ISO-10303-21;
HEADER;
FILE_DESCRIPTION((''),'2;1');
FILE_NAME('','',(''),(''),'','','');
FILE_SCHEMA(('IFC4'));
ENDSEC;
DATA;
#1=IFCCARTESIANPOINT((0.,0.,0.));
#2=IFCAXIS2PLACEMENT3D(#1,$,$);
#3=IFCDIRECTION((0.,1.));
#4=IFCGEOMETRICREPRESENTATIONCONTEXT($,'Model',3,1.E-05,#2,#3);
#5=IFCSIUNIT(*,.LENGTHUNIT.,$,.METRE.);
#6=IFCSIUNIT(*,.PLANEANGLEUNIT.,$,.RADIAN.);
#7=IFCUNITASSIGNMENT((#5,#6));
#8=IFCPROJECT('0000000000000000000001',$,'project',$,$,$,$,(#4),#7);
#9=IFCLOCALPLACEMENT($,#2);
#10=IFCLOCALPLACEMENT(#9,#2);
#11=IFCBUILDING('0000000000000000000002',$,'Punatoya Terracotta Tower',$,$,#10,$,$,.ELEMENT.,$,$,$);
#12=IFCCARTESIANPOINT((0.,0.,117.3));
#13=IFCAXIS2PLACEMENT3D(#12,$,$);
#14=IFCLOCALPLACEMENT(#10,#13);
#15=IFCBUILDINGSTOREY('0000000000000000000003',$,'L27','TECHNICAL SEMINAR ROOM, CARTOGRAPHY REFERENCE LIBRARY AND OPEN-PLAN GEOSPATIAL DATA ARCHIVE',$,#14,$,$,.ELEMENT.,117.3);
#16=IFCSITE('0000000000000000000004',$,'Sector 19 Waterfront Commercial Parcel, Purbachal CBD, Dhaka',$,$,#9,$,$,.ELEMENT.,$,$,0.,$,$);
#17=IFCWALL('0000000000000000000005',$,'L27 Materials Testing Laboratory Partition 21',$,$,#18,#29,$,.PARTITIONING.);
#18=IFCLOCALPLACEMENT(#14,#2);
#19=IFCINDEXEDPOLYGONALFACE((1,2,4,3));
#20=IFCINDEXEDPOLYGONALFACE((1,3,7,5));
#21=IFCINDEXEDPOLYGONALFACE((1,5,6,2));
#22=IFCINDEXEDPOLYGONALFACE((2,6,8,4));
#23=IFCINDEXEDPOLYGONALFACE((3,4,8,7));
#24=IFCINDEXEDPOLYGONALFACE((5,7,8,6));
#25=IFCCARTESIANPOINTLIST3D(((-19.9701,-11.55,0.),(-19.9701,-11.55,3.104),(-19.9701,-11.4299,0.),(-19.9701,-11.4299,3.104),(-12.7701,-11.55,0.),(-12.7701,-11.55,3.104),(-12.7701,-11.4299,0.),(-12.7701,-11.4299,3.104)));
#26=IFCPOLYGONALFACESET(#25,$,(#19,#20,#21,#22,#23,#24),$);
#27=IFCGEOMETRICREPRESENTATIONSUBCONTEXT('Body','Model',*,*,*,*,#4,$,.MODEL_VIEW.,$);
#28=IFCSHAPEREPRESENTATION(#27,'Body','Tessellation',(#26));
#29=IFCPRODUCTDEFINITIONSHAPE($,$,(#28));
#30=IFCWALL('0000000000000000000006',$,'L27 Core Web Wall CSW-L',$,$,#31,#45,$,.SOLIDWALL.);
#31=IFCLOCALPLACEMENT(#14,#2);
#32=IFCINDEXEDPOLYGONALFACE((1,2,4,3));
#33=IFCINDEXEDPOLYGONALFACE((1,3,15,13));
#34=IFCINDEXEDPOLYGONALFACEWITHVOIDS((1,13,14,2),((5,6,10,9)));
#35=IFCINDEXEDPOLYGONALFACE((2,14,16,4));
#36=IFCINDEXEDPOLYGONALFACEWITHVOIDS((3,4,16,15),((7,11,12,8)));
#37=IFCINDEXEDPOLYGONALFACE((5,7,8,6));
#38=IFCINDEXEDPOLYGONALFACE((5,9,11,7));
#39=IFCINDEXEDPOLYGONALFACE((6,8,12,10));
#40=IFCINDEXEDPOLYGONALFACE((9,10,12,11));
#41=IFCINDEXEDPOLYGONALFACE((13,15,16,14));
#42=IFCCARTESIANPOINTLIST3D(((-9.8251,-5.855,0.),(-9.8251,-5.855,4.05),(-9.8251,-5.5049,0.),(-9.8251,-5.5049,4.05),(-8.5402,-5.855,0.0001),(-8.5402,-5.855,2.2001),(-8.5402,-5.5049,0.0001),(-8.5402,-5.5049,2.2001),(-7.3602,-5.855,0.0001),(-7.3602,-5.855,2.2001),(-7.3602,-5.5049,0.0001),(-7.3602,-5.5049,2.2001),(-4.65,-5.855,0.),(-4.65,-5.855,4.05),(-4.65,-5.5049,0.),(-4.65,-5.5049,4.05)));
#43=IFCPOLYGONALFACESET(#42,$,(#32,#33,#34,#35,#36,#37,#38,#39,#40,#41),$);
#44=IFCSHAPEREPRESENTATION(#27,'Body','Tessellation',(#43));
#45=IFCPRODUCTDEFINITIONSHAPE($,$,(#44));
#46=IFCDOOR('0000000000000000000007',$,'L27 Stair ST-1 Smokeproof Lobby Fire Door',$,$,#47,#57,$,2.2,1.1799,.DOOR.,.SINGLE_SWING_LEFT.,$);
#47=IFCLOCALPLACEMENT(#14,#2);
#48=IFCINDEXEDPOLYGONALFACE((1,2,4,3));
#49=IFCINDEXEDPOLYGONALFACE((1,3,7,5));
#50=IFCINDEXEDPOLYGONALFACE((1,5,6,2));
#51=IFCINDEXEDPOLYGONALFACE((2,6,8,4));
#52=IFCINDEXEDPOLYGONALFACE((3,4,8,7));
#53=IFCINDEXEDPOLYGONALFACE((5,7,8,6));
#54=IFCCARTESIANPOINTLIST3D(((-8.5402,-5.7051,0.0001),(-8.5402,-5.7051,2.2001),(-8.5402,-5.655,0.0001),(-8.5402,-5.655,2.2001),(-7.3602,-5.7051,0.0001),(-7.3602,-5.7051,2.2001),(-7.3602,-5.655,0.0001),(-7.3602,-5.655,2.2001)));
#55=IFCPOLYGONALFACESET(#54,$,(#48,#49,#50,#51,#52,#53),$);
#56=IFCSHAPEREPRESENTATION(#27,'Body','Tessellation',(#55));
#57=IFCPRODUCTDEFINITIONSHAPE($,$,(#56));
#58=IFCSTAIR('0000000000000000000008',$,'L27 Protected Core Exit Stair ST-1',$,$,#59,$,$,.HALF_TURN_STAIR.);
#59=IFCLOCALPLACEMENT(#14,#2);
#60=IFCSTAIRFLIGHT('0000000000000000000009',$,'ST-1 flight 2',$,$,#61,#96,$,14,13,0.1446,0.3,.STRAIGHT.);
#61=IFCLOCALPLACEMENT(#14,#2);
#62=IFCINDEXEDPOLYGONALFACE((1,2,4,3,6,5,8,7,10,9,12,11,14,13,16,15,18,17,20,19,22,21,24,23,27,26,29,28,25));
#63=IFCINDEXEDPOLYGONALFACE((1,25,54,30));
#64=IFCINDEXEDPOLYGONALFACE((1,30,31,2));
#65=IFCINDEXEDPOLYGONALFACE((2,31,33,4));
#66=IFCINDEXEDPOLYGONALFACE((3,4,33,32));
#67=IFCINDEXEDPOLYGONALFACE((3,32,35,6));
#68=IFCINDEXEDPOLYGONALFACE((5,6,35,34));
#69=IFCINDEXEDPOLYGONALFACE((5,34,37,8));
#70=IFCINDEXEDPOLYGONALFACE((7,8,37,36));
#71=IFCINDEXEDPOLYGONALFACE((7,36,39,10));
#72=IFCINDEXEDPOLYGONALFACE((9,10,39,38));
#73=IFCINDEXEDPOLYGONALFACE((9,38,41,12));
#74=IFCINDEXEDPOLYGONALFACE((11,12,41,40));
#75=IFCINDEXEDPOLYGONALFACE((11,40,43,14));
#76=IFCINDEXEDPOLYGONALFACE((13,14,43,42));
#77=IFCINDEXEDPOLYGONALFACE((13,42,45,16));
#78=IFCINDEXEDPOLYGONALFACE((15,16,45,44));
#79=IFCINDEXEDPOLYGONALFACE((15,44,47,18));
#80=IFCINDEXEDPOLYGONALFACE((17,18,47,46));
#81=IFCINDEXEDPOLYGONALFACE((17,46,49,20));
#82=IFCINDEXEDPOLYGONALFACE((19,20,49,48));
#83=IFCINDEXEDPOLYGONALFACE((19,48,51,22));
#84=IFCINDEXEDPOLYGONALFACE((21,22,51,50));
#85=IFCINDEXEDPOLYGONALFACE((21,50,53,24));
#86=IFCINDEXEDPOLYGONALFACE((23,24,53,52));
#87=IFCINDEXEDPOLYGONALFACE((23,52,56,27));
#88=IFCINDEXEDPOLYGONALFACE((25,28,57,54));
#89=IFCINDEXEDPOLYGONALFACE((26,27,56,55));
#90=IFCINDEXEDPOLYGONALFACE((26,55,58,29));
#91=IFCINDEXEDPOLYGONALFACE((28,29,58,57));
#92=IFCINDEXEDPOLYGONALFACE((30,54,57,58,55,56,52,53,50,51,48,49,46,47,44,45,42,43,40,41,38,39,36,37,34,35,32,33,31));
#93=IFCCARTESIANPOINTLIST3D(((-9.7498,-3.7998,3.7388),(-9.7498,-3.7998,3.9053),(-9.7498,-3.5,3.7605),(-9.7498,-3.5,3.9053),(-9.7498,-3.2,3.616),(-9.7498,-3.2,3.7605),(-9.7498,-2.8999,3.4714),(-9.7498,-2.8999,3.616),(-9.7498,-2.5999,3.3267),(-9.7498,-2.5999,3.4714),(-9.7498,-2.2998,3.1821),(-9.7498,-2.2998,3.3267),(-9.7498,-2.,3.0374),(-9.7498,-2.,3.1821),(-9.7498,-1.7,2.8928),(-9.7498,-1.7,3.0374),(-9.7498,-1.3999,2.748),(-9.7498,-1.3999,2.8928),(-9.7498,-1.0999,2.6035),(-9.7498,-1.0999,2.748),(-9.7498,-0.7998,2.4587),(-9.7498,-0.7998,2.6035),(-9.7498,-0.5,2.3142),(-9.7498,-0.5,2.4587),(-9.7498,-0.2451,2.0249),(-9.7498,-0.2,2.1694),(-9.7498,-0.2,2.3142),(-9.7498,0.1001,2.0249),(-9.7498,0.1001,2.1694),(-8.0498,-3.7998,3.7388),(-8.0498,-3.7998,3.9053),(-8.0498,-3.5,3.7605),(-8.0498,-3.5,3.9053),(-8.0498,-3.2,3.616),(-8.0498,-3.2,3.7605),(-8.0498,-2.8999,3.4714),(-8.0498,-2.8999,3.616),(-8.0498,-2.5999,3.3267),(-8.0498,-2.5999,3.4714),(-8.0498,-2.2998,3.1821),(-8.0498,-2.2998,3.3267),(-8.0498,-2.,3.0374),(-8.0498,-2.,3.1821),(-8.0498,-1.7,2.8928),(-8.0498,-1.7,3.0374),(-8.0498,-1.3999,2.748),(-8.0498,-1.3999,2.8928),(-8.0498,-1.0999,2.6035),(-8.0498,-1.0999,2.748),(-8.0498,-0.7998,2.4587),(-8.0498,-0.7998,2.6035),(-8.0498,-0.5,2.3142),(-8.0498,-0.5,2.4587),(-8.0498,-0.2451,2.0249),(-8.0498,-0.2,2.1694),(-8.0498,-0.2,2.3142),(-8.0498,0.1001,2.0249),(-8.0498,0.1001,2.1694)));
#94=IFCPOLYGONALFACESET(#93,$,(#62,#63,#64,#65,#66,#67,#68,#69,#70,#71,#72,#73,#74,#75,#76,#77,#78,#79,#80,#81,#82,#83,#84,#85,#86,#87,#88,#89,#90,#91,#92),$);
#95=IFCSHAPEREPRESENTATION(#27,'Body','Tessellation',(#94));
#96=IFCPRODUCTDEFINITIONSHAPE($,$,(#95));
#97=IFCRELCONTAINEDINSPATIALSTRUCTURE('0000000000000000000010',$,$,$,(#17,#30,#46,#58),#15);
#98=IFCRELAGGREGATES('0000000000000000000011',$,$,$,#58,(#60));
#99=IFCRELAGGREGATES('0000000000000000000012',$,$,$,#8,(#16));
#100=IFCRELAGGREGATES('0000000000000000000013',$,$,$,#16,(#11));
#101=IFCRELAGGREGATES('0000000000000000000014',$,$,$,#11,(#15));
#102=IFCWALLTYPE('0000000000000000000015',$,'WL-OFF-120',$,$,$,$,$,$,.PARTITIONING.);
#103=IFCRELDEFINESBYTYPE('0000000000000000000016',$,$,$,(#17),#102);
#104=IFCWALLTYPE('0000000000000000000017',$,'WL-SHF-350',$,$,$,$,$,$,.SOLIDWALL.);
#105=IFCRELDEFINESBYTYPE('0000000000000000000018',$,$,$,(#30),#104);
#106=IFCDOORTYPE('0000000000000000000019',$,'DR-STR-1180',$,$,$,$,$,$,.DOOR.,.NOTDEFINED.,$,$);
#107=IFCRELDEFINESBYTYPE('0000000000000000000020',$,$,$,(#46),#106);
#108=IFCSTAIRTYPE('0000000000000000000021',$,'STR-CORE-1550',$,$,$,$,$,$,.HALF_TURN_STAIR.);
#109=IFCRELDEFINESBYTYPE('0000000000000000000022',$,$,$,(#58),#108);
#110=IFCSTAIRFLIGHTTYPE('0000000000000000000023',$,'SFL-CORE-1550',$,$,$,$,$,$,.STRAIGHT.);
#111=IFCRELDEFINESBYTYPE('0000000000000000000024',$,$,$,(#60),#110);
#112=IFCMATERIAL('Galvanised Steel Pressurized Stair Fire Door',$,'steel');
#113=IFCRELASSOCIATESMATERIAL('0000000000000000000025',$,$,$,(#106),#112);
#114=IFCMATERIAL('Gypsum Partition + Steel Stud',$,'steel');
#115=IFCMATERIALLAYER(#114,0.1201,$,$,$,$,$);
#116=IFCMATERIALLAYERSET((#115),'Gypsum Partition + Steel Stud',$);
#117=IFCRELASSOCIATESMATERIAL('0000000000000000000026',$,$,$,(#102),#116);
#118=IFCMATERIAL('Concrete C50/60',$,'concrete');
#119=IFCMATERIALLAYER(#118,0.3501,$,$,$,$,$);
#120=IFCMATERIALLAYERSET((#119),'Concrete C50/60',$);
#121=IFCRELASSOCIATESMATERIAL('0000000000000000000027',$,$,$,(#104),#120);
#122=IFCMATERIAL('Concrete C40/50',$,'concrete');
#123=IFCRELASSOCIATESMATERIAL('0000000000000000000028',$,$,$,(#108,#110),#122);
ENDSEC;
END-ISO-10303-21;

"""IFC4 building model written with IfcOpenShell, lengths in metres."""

from ifc_helpers import new_model, si_unit, direction, frame, frame_2d, origin, place, context, subcontext, project, spatial, polyline, rectangle, outline, extrude, material, layer, layer_set, type_object, element, fill, aggregate, save


model = new_model("IFC4")

# Units and contexts
model_context = context("Model", 3, precision=1e-05, world=origin(), true_north=direction((0.0, 1.0)))
body_context = subcontext(model_context, "Body", "Model", "MODEL_VIEW")
ifc_project = project(units=[si_unit("LENGTHUNIT", "METRE"), si_unit("PLANEANGLEUNIT", "RADIAN")], contexts=[model_context])

# Site, building, storey
site_placement = place(None, origin())
site = spatial("IfcSite", under=ifc_project, at=site_placement, Name="Sector 19 Waterfront Commercial Parcel, Purbachal CBD, Dhaka", CompositionType="ELEMENT", RefElevation=0.0)
building_placement = place(site_placement, origin())
building = spatial("IfcBuilding", under=site, at=building_placement, Name="Punatoya Terracotta Tower", CompositionType="ELEMENT")
storey_placement = place(building_placement, frame((0.0, 0.0, 117.3)))
storey = spatial("IfcBuildingStorey", under=building, at=storey_placement, Name="L27", Description="TECHNICAL SEMINAR ROOM, CARTOGRAPHY REFERENCE LIBRARY AND OPEN-PLAN GEOSPATIAL DATA ARCHIVE", CompositionType="ELEMENT", Elevation=117.3)

# Shared definitions
ifc_material_1 = material(Name="Galvanised Steel Pressurized Stair Fire Door", Category="steel")
door_type_1 = type_object("IfcDoorType", Name="DR-STR-1180", OperationType="NOTDEFINED", PredefinedType="DOOR", material=ifc_material_1)

# Wall
ifc_material_2 = material(Name="Gypsum Partition + Steel Stud", Category="steel")
ifc_layer_1 = layer(ifc_material_2, 0.1201)
ifc_layer_set_1 = layer_set([ifc_layer_1], Name="Gypsum Partition + Steel Stud")
wall_type_1 = type_object("IfcWallType", Name="WL-OFF-120", PredefinedType="PARTITIONING", material=ifc_layer_set_1)
for number, where, z_axis, x_axis, name in (
    (1, (-12.77, -11.49, 0.0), (0.0, 0.0, 1.0), (-1.0, 0.0, 0.0), "L27 Materials Testing Laboratory Partition 21"),
):
    element("IfcWall", number, at=place(storey_placement, frame(where, z_axis=z_axis, x_axis=x_axis)), inside=storey, type_object=wall_type_1, Name=name, PredefinedType="PARTITIONING", context=body_context, shape_type="SweptSolid", body=[
        extrude(rectangle(XDim=7.2, YDim=0.1201, at=frame_2d((3.6001, 0.0))), origin(), (0.0, 0.0, 1.0), 3.104),
    ])

# Wall, opening, door
ifc_material_3 = material(Name="Concrete C50/60", Category="concrete")
ifc_layer_2 = layer(ifc_material_3, 0.3501)
ifc_layer_set_2 = layer_set([ifc_layer_2], Name="Concrete C50/60")
wall_type_2 = type_object("IfcWallType", Name="WL-SHF-350", PredefinedType="SOLIDWALL", material=ifc_layer_set_2)
wall_1_placement = place(storey_placement, frame((-9.825, -5.6799, 0.0), z_axis=(0.0, 0.0, 1.0), x_axis=(1.0, 0.0, 0.0)))
wall_1 = element("IfcWall", 2, at=wall_1_placement, inside=storey, type_object=wall_type_2, Name="L27 Core Web Wall CSW-L", PredefinedType="SOLIDWALL", context=body_context, shape_type="SweptSolid", body=[
    extrude(rectangle(XDim=5.175, YDim=0.3501, at=frame_2d((2.5874, 0.0))), origin(), (0.0, 0.0, 1.0), 4.05),
])
opening_1_placement = place(wall_1_placement, frame((1.2849, 0.0, 0.0)))
opening_1 = element("IfcOpeningElement", 3, at=opening_1_placement, cuts=wall_1, PredefinedType="OPENING", context=body_context, shape_type="SweptSolid", body=[
    extrude(rectangle(XDim=1.1799, YDim=2.2, at=frame_2d((0.5898, 1.1001))), frame((0.0, 0.1851, 0.0), z_axis=(0.0, -1.0, 0.0), x_axis=(1.0, 0.0, 0.0)), (0.0, 0.0, 1.0), 0.3701),
])
door_1_placement = place(opening_1_placement, origin())
door_1 = element("IfcDoor", 4, at=door_1_placement, inside=storey, type_object=door_type_1, Name="L27 Stair ST-1 Smokeproof Lobby Fire Door", OperationType="SINGLE_SWING_LEFT", OverallHeight=2.2, OverallWidth=1.1799, PredefinedType="DOOR", context=body_context, shape_type="SweptSolid", body=[
    extrude(rectangle(XDim=1.1799, YDim=2.2, at=frame_2d((0.5898, 1.1001))), frame((0.0, 0.0249, 0.0), z_axis=(0.0, -1.0, 0.0), x_axis=(1.0, 0.0, 0.0)), (0.0, 0.0, 1.0), 0.05),
])
fill(opening_1, door_1)

# Stair, stair flight
ifc_material_4 = material(Name="Concrete C40/50", Category="concrete")
stair_type = type_object("IfcStairType", Name="STR-CORE-1550", PredefinedType="HALF_TURN_STAIR", material=ifc_material_4)
stair_placement = place(storey_placement, origin())
stair = element("IfcStair", 5, at=stair_placement, inside=storey, type_object=stair_type, Name="L27 Protected Core Exit Stair ST-1", PredefinedType="HALF_TURN_STAIR")
stair_flight_type = type_object("IfcStairFlightType", Name="SFL-CORE-1550", PredefinedType="STRAIGHT", material=ifc_material_4)
stair_flight_placement = place(storey_placement, frame((-8.8999, 0.1001, 2.0249), z_axis=(0.0, 0.0, 1.0), x_axis=(0.0, -1.0, 0.0)))
stair_flight = element("IfcStairFlight", 6, at=stair_flight_placement, type_object=stair_flight_type, Name="ST-1 flight 2", NumberOfRisers=14, NumberOfTreads=13, PredefinedType="STRAIGHT", RiserHeight=0.1446, TreadLength=0.3, context=body_context, shape_type="SweptSolid", body=[
    extrude(outline(polyline([(0.0, 0.0), (0.0, 0.1445), (0.3, 0.1445), (0.3, 0.2893), (0.6001, 0.2893), (0.6001, 0.4338), (0.8999, 0.4338), (0.8999, 0.5786), (1.2, 0.5786), (1.2, 0.7231), (1.5, 0.7231), (1.5, 0.8679), (1.8, 0.8679), (1.8, 1.0125), (2.1001, 1.0125), (2.1001, 1.1572), (2.3999, 1.1572), (2.3999, 1.3018), (2.7, 1.3018), (2.7, 1.4465), (3.0, 1.4465), (3.0, 1.5911), (3.3, 1.5911), (3.3, 1.7356), (3.6001, 1.7356), (3.6001, 1.8804), (3.8999, 1.8804), (3.8999, 2.0249), (3.8999, 1.7139), (0.3452, 0.0), (0.0, 0.0)])), frame((0.0, 0.8501, 0.0), z_axis=(0.0, -1.0, 0.0), x_axis=(1.0, 0.0, 0.0)), (0.0, 0.0, 1.0), 1.7),
])
aggregate(stair, [stair_flight])

save(model, "model.ifc")
